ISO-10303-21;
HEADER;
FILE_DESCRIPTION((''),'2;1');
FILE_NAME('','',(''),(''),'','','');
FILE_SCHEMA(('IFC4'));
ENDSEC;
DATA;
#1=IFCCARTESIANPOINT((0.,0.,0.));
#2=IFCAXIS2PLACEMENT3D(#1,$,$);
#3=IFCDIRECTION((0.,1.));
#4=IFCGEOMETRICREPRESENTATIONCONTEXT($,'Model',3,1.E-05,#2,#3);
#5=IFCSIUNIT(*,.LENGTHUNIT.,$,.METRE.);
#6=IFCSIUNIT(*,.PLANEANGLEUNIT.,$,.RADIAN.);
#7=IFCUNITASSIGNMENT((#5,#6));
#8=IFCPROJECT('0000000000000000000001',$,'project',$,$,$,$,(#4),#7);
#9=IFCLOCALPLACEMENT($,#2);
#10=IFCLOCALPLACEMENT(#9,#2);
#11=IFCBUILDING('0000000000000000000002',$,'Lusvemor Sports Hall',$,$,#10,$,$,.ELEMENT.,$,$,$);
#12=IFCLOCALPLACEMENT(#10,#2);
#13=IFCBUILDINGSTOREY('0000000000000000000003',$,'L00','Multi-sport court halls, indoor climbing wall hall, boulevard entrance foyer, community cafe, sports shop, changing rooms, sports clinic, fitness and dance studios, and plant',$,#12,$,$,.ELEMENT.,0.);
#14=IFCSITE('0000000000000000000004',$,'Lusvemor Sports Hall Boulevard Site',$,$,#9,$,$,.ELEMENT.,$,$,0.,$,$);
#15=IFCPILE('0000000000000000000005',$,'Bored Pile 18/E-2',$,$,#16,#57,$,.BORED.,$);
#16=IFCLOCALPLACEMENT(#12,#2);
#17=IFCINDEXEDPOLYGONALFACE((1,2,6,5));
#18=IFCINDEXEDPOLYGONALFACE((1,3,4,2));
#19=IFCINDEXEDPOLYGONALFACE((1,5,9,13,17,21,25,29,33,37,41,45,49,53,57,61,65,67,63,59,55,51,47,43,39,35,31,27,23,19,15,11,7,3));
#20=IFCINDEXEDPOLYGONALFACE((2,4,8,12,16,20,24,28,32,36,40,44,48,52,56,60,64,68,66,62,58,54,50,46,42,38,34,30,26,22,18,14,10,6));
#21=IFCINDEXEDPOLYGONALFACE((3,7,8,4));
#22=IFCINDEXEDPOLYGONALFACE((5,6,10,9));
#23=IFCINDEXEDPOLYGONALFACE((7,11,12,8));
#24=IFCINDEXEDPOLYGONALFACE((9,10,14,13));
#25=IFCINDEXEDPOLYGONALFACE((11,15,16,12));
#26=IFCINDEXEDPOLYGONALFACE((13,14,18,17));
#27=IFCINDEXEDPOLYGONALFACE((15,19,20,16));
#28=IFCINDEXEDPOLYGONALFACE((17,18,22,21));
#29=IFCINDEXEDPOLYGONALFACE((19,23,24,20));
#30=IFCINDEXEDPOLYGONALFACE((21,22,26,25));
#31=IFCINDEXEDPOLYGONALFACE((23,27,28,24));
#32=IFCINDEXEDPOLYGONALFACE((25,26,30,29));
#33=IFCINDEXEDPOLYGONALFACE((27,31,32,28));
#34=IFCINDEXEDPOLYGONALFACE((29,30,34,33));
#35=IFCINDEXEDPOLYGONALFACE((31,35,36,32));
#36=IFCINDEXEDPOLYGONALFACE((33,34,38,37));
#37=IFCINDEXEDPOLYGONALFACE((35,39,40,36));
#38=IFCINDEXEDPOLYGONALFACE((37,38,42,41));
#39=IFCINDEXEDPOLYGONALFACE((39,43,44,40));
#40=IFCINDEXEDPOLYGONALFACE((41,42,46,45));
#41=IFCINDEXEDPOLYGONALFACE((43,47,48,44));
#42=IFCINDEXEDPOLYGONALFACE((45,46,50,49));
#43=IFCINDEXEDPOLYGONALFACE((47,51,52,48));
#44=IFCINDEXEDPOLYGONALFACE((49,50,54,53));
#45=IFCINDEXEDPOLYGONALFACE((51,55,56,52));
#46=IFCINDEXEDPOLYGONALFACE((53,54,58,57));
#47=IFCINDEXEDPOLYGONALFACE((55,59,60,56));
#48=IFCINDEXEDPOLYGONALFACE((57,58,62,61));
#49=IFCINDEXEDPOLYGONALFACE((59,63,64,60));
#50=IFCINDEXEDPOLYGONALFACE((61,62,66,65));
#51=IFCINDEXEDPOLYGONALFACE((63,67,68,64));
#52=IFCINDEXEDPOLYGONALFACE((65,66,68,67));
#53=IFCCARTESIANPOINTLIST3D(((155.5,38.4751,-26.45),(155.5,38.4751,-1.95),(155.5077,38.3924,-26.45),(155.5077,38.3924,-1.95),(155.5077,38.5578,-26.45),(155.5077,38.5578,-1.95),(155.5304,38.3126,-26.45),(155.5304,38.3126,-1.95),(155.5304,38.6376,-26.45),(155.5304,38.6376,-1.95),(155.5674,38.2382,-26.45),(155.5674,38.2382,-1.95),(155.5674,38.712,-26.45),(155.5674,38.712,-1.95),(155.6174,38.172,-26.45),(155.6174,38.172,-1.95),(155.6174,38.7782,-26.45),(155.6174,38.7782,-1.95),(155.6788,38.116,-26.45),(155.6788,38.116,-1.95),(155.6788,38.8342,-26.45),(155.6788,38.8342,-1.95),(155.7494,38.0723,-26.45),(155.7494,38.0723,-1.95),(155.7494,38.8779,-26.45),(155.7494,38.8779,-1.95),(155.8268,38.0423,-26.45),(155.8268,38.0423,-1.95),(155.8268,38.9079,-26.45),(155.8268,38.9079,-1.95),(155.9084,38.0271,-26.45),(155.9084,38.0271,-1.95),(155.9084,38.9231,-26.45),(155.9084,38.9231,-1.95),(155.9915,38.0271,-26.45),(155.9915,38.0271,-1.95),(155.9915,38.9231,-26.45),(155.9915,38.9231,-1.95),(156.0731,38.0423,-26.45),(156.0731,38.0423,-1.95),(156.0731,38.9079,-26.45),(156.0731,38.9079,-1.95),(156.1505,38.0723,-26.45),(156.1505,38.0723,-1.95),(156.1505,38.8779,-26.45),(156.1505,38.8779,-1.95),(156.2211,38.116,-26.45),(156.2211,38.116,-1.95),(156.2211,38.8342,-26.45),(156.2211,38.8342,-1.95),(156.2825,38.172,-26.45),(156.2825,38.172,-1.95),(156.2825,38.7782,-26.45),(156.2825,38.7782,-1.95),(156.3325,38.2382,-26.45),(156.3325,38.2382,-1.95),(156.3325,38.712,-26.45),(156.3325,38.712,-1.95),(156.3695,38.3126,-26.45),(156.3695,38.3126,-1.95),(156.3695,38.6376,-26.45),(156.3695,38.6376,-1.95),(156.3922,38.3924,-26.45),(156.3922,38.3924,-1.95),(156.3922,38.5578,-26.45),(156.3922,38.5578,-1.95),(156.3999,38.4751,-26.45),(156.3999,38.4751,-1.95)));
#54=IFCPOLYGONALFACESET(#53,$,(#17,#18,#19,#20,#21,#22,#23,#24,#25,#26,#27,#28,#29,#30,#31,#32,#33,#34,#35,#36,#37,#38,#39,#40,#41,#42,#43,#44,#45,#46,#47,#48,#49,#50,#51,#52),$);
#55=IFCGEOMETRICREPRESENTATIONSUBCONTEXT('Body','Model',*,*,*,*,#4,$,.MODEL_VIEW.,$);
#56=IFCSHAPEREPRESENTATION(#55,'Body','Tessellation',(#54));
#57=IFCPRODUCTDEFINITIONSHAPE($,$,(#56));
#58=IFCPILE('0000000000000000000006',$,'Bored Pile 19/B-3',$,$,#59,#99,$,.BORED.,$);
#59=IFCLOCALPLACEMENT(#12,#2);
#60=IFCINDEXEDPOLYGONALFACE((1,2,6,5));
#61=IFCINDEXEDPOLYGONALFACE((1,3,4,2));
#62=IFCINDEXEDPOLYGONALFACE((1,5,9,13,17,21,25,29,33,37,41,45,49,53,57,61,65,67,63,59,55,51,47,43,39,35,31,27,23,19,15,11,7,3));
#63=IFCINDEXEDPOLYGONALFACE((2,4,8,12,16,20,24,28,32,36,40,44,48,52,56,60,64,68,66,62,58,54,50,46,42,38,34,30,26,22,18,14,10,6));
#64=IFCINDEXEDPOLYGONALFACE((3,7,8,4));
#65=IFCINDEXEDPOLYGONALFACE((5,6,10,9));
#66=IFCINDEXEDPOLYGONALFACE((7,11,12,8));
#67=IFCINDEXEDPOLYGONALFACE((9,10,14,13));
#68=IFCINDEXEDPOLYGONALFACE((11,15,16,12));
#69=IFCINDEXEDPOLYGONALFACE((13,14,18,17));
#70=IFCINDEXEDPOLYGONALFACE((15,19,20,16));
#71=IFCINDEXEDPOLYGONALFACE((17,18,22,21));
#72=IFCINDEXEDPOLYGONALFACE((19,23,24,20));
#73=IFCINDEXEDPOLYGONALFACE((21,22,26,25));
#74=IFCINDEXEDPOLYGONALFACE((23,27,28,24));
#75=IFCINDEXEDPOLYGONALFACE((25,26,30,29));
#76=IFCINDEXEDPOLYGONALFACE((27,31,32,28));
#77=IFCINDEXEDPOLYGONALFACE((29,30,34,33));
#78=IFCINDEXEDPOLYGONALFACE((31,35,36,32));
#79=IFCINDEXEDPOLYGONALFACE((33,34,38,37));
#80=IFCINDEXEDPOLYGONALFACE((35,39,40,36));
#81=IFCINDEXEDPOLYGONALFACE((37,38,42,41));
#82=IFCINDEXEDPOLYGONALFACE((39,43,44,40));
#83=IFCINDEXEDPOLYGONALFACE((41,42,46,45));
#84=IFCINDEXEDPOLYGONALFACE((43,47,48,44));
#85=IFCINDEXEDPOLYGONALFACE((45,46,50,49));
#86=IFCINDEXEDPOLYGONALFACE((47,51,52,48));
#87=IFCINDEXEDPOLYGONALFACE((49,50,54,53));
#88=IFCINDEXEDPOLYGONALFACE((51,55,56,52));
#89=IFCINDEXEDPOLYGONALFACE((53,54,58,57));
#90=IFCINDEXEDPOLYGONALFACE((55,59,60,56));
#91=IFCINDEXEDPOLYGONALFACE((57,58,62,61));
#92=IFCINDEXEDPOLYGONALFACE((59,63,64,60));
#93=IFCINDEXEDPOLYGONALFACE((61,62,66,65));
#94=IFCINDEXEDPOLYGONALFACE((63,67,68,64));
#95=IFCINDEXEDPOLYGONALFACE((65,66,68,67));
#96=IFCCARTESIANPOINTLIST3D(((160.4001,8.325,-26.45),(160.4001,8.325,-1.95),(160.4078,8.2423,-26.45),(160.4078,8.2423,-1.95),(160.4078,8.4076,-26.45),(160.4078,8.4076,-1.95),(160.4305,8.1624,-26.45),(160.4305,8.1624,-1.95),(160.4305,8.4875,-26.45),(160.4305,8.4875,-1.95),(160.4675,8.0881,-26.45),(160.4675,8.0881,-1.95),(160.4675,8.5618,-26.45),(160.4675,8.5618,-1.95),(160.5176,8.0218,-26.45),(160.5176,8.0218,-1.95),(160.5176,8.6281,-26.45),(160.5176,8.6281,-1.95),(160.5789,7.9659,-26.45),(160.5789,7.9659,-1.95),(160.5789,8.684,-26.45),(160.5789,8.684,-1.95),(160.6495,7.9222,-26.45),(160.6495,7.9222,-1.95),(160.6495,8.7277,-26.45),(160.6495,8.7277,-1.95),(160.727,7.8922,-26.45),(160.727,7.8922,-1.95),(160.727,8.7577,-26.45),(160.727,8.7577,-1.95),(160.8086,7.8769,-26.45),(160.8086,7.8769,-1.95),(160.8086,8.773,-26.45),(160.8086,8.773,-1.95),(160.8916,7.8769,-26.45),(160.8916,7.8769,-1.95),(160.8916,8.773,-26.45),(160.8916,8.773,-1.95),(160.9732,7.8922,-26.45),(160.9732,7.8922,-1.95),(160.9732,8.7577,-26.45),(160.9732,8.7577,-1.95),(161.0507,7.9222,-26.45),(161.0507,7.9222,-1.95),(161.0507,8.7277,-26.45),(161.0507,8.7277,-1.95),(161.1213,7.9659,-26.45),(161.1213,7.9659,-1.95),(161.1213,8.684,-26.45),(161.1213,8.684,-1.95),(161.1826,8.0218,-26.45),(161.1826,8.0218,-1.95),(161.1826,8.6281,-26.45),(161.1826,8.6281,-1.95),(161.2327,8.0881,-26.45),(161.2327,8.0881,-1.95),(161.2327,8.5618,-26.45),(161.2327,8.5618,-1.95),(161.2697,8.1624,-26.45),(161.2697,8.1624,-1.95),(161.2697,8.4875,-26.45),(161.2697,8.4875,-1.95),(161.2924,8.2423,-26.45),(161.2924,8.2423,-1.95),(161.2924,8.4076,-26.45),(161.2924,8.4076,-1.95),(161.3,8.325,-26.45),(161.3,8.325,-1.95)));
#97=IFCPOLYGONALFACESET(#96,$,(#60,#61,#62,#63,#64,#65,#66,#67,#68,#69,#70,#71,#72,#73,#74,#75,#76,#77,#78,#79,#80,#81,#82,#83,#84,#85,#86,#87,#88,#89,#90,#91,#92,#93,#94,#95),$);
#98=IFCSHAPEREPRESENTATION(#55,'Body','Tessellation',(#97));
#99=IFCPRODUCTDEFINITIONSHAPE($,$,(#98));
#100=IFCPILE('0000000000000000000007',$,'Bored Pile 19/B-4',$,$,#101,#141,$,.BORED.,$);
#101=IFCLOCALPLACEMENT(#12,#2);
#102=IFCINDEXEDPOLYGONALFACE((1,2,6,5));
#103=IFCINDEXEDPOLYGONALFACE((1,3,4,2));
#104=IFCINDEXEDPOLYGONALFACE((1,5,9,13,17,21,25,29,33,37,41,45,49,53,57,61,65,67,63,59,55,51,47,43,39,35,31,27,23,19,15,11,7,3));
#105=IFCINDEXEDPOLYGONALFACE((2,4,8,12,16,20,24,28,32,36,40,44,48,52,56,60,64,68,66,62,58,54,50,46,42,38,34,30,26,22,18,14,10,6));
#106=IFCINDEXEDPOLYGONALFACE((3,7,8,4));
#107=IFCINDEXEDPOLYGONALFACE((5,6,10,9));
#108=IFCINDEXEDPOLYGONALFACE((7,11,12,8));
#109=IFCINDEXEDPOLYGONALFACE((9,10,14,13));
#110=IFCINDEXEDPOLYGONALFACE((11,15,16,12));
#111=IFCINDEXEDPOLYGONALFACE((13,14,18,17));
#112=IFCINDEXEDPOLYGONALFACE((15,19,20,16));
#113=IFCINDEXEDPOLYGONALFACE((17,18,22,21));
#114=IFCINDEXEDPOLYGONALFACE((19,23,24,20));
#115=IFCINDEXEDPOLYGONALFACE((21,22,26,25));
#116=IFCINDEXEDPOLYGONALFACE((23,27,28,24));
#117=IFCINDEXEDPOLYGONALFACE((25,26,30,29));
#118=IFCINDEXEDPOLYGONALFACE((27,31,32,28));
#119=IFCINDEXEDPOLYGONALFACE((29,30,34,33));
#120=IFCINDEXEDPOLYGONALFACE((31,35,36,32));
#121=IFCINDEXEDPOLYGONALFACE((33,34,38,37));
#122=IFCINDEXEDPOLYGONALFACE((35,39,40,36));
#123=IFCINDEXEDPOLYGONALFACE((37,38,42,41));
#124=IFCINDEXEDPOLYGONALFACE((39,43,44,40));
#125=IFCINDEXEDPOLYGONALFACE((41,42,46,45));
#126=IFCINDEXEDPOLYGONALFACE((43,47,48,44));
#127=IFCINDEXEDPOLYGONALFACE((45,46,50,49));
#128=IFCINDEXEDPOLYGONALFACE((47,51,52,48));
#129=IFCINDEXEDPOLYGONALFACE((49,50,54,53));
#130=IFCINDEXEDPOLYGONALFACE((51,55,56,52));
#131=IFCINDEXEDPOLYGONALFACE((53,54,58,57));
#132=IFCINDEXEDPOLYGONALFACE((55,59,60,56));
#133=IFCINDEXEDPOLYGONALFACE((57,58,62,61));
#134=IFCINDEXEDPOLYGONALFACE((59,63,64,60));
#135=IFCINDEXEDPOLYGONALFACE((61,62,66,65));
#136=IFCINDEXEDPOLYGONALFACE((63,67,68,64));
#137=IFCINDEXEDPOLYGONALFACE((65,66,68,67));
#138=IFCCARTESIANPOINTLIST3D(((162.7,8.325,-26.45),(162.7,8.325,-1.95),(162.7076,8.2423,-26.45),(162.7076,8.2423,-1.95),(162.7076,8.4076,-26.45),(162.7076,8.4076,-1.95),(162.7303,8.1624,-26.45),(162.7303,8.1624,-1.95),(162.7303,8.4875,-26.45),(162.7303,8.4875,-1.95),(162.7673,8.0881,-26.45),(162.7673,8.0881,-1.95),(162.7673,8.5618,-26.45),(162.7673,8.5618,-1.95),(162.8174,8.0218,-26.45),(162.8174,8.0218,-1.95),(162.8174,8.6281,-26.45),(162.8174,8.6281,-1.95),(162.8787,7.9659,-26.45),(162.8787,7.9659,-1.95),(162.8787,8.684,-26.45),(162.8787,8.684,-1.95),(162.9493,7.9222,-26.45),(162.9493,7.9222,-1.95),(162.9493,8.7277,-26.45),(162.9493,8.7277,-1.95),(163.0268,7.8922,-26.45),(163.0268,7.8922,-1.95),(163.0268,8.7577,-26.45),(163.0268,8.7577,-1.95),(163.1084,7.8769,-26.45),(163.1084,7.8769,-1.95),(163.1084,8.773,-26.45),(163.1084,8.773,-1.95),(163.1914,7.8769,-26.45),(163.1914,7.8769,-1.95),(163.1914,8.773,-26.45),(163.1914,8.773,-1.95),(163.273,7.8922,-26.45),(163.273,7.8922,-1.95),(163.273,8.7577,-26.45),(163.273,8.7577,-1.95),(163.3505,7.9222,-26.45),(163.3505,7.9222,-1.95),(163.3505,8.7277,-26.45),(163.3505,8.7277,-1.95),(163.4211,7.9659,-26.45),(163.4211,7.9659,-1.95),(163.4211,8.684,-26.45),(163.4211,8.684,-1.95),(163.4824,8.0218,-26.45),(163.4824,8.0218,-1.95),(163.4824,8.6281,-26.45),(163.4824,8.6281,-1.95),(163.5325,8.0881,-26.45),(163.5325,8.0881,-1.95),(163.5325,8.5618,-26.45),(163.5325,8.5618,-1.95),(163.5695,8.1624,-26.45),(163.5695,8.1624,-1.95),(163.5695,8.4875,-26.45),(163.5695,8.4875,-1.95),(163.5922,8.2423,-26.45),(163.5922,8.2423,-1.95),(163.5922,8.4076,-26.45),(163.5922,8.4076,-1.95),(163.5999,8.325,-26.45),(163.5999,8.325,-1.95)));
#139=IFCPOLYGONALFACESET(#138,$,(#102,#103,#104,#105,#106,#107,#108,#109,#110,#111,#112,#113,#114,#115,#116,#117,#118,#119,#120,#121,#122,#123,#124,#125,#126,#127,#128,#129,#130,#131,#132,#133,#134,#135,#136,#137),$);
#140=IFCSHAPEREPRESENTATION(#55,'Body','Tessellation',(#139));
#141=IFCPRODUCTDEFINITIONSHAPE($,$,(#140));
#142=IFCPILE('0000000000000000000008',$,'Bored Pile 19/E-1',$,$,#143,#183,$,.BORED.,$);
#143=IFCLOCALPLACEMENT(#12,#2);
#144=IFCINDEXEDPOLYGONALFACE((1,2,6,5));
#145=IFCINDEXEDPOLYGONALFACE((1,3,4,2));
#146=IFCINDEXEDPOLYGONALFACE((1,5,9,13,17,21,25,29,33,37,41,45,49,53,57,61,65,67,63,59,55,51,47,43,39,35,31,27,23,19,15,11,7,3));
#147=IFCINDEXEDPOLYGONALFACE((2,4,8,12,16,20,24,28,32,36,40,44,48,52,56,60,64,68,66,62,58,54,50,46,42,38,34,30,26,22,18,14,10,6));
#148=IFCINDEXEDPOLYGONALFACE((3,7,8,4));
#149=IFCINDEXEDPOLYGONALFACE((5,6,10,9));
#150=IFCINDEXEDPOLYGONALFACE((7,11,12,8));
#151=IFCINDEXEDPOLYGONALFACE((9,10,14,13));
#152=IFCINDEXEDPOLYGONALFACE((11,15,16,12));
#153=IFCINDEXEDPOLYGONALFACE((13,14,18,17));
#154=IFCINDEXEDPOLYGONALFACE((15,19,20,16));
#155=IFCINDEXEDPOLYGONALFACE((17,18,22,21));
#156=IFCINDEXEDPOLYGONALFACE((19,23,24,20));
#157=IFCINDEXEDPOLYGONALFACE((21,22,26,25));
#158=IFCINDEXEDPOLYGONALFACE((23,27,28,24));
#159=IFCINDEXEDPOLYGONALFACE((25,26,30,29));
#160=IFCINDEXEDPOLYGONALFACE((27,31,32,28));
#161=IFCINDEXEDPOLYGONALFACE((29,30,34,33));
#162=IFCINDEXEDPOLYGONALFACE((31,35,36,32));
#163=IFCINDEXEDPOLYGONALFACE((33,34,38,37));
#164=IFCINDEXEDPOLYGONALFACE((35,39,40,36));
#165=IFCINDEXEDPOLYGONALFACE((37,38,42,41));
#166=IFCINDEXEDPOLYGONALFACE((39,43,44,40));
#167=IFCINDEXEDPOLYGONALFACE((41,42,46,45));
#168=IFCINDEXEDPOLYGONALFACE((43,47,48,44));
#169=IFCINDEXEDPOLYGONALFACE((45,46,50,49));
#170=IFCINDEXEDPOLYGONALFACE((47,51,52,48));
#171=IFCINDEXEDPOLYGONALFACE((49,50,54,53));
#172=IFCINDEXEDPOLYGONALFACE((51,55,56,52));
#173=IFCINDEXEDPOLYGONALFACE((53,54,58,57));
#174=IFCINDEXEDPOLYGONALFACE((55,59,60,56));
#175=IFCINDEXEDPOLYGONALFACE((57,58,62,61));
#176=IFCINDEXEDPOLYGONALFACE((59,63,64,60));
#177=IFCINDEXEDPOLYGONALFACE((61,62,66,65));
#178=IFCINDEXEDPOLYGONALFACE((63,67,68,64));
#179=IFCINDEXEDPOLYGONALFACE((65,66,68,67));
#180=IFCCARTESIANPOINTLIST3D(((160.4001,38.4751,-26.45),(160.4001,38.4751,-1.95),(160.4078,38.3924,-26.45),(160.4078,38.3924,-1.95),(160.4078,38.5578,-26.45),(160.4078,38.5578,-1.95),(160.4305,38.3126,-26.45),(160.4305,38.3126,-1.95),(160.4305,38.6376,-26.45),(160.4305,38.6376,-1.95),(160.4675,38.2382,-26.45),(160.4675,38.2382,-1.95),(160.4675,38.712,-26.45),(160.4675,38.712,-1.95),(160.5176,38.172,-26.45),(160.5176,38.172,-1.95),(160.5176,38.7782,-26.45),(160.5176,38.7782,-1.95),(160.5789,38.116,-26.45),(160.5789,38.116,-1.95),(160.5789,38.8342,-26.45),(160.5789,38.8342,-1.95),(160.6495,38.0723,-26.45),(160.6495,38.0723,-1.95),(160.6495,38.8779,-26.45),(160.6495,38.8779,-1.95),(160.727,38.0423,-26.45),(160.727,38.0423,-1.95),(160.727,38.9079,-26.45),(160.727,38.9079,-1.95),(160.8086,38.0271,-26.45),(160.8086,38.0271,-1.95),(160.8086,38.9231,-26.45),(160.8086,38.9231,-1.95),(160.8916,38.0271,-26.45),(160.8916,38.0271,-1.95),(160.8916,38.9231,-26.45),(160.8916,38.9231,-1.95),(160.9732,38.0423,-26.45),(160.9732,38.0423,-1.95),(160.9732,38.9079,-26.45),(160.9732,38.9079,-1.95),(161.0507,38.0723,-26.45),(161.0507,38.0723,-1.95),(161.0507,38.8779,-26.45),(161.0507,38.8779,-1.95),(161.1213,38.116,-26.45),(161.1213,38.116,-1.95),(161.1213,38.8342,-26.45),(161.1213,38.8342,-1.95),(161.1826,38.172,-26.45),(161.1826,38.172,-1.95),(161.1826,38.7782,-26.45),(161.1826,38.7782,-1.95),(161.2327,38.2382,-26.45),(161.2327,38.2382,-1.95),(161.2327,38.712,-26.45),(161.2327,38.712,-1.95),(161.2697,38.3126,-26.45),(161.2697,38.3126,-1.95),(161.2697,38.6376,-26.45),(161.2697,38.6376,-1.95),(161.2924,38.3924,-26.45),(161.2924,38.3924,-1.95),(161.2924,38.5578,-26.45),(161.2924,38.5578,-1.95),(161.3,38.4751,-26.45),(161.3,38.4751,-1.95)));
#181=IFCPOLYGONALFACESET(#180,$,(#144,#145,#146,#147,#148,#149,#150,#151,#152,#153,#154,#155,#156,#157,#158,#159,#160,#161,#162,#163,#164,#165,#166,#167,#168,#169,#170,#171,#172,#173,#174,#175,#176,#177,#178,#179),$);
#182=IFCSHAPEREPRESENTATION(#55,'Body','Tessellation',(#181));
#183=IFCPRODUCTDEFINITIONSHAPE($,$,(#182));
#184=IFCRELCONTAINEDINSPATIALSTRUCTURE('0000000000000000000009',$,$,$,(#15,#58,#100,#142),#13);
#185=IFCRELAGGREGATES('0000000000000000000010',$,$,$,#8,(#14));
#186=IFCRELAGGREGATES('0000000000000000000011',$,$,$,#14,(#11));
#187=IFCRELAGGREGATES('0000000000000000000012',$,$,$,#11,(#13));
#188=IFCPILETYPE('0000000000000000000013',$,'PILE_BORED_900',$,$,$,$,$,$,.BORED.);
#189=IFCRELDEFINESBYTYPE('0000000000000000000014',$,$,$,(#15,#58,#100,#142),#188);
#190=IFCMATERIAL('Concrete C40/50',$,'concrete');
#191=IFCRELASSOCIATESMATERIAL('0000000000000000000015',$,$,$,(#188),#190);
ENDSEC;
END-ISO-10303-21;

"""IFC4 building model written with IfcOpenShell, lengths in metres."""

from ifc_helpers import new_model, si_unit, direction, frame, origin, origin_2d, place, context, subcontext, project, spatial, circle, extrude, material, material_profile, profile_set, type_object, element, save


model = new_model("IFC4")

# Units and contexts
model_context = context("Model", 3, precision=1e-05, world=origin(), true_north=direction((0.0, 1.0)))
body_context = subcontext(model_context, "Body", "Model", "MODEL_VIEW")
ifc_project = project(units=[si_unit("LENGTHUNIT", "METRE"), si_unit("PLANEANGLEUNIT", "RADIAN")], contexts=[model_context])

# Site, building, storey
site_placement = place(None, origin())
site = spatial("IfcSite", under=ifc_project, at=site_placement, Name="Lusvemor Sports Hall Boulevard Site", CompositionType="ELEMENT", RefElevation=0.0)
building_placement = place(site_placement, origin())
building = spatial("IfcBuilding", under=site, at=building_placement, Name="Lusvemor Sports Hall", CompositionType="ELEMENT")
storey_placement = place(building_placement, origin())
storey = spatial("IfcBuildingStorey", under=building, at=storey_placement, Name="L00", Description="Multi-sport court halls, indoor climbing wall hall, boulevard entrance foyer, community cafe, sports shop, changing rooms, sports clinic, fitness and dance studios, and plant", CompositionType="ELEMENT", Elevation=0.0)

# Piles
ifc_material_1 = material(Name="Concrete C40/50", Category="concrete")
ifc_material_profile_1 = material_profile(ifc_material_1, circle(Radius=0.45, at=origin_2d()), Name="PILE900")
ifc_profile_set_1 = profile_set([ifc_material_profile_1], Name="Concrete C40/50")
pile_type = type_object("IfcPileType", Name="PILE_BORED_900", PredefinedType="BORED", material=ifc_profile_set_1)
for number, where, z_axis, x_axis, name in (
    (1, (155.95, 38.4751, -1.95), (0.0, 0.0, -1.0), (1.0, 0.0, 0.0), "Bored Pile 18/E-2"),
    (2, (160.8501, 8.325, -1.95), (0.0, 0.0, -1.0), (1.0, 0.0, 0.0), "Bored Pile 19/B-3"),
    (3, (163.1499, 8.325, -1.95), (0.0, 0.0, -1.0), (1.0, 0.0, 0.0), "Bored Pile 19/B-4"),
    (4, (160.8501, 38.4751, -1.95), (0.0, 0.0, -1.0), (1.0, 0.0, 0.0), "Bored Pile 19/E-1"),
):
    element("IfcPile", number, at=place(storey_placement, frame(where, z_axis=z_axis, x_axis=x_axis)), inside=storey, type_object=pile_type, Name=name, PredefinedType="BORED", context=body_context, shape_type="SweptSolid", body=[
        extrude(circle(Radius=0.45, at=origin_2d()), origin(), (0.0, 0.0, 1.0), 24.5),
    ])

save(model, "model.ifc")
